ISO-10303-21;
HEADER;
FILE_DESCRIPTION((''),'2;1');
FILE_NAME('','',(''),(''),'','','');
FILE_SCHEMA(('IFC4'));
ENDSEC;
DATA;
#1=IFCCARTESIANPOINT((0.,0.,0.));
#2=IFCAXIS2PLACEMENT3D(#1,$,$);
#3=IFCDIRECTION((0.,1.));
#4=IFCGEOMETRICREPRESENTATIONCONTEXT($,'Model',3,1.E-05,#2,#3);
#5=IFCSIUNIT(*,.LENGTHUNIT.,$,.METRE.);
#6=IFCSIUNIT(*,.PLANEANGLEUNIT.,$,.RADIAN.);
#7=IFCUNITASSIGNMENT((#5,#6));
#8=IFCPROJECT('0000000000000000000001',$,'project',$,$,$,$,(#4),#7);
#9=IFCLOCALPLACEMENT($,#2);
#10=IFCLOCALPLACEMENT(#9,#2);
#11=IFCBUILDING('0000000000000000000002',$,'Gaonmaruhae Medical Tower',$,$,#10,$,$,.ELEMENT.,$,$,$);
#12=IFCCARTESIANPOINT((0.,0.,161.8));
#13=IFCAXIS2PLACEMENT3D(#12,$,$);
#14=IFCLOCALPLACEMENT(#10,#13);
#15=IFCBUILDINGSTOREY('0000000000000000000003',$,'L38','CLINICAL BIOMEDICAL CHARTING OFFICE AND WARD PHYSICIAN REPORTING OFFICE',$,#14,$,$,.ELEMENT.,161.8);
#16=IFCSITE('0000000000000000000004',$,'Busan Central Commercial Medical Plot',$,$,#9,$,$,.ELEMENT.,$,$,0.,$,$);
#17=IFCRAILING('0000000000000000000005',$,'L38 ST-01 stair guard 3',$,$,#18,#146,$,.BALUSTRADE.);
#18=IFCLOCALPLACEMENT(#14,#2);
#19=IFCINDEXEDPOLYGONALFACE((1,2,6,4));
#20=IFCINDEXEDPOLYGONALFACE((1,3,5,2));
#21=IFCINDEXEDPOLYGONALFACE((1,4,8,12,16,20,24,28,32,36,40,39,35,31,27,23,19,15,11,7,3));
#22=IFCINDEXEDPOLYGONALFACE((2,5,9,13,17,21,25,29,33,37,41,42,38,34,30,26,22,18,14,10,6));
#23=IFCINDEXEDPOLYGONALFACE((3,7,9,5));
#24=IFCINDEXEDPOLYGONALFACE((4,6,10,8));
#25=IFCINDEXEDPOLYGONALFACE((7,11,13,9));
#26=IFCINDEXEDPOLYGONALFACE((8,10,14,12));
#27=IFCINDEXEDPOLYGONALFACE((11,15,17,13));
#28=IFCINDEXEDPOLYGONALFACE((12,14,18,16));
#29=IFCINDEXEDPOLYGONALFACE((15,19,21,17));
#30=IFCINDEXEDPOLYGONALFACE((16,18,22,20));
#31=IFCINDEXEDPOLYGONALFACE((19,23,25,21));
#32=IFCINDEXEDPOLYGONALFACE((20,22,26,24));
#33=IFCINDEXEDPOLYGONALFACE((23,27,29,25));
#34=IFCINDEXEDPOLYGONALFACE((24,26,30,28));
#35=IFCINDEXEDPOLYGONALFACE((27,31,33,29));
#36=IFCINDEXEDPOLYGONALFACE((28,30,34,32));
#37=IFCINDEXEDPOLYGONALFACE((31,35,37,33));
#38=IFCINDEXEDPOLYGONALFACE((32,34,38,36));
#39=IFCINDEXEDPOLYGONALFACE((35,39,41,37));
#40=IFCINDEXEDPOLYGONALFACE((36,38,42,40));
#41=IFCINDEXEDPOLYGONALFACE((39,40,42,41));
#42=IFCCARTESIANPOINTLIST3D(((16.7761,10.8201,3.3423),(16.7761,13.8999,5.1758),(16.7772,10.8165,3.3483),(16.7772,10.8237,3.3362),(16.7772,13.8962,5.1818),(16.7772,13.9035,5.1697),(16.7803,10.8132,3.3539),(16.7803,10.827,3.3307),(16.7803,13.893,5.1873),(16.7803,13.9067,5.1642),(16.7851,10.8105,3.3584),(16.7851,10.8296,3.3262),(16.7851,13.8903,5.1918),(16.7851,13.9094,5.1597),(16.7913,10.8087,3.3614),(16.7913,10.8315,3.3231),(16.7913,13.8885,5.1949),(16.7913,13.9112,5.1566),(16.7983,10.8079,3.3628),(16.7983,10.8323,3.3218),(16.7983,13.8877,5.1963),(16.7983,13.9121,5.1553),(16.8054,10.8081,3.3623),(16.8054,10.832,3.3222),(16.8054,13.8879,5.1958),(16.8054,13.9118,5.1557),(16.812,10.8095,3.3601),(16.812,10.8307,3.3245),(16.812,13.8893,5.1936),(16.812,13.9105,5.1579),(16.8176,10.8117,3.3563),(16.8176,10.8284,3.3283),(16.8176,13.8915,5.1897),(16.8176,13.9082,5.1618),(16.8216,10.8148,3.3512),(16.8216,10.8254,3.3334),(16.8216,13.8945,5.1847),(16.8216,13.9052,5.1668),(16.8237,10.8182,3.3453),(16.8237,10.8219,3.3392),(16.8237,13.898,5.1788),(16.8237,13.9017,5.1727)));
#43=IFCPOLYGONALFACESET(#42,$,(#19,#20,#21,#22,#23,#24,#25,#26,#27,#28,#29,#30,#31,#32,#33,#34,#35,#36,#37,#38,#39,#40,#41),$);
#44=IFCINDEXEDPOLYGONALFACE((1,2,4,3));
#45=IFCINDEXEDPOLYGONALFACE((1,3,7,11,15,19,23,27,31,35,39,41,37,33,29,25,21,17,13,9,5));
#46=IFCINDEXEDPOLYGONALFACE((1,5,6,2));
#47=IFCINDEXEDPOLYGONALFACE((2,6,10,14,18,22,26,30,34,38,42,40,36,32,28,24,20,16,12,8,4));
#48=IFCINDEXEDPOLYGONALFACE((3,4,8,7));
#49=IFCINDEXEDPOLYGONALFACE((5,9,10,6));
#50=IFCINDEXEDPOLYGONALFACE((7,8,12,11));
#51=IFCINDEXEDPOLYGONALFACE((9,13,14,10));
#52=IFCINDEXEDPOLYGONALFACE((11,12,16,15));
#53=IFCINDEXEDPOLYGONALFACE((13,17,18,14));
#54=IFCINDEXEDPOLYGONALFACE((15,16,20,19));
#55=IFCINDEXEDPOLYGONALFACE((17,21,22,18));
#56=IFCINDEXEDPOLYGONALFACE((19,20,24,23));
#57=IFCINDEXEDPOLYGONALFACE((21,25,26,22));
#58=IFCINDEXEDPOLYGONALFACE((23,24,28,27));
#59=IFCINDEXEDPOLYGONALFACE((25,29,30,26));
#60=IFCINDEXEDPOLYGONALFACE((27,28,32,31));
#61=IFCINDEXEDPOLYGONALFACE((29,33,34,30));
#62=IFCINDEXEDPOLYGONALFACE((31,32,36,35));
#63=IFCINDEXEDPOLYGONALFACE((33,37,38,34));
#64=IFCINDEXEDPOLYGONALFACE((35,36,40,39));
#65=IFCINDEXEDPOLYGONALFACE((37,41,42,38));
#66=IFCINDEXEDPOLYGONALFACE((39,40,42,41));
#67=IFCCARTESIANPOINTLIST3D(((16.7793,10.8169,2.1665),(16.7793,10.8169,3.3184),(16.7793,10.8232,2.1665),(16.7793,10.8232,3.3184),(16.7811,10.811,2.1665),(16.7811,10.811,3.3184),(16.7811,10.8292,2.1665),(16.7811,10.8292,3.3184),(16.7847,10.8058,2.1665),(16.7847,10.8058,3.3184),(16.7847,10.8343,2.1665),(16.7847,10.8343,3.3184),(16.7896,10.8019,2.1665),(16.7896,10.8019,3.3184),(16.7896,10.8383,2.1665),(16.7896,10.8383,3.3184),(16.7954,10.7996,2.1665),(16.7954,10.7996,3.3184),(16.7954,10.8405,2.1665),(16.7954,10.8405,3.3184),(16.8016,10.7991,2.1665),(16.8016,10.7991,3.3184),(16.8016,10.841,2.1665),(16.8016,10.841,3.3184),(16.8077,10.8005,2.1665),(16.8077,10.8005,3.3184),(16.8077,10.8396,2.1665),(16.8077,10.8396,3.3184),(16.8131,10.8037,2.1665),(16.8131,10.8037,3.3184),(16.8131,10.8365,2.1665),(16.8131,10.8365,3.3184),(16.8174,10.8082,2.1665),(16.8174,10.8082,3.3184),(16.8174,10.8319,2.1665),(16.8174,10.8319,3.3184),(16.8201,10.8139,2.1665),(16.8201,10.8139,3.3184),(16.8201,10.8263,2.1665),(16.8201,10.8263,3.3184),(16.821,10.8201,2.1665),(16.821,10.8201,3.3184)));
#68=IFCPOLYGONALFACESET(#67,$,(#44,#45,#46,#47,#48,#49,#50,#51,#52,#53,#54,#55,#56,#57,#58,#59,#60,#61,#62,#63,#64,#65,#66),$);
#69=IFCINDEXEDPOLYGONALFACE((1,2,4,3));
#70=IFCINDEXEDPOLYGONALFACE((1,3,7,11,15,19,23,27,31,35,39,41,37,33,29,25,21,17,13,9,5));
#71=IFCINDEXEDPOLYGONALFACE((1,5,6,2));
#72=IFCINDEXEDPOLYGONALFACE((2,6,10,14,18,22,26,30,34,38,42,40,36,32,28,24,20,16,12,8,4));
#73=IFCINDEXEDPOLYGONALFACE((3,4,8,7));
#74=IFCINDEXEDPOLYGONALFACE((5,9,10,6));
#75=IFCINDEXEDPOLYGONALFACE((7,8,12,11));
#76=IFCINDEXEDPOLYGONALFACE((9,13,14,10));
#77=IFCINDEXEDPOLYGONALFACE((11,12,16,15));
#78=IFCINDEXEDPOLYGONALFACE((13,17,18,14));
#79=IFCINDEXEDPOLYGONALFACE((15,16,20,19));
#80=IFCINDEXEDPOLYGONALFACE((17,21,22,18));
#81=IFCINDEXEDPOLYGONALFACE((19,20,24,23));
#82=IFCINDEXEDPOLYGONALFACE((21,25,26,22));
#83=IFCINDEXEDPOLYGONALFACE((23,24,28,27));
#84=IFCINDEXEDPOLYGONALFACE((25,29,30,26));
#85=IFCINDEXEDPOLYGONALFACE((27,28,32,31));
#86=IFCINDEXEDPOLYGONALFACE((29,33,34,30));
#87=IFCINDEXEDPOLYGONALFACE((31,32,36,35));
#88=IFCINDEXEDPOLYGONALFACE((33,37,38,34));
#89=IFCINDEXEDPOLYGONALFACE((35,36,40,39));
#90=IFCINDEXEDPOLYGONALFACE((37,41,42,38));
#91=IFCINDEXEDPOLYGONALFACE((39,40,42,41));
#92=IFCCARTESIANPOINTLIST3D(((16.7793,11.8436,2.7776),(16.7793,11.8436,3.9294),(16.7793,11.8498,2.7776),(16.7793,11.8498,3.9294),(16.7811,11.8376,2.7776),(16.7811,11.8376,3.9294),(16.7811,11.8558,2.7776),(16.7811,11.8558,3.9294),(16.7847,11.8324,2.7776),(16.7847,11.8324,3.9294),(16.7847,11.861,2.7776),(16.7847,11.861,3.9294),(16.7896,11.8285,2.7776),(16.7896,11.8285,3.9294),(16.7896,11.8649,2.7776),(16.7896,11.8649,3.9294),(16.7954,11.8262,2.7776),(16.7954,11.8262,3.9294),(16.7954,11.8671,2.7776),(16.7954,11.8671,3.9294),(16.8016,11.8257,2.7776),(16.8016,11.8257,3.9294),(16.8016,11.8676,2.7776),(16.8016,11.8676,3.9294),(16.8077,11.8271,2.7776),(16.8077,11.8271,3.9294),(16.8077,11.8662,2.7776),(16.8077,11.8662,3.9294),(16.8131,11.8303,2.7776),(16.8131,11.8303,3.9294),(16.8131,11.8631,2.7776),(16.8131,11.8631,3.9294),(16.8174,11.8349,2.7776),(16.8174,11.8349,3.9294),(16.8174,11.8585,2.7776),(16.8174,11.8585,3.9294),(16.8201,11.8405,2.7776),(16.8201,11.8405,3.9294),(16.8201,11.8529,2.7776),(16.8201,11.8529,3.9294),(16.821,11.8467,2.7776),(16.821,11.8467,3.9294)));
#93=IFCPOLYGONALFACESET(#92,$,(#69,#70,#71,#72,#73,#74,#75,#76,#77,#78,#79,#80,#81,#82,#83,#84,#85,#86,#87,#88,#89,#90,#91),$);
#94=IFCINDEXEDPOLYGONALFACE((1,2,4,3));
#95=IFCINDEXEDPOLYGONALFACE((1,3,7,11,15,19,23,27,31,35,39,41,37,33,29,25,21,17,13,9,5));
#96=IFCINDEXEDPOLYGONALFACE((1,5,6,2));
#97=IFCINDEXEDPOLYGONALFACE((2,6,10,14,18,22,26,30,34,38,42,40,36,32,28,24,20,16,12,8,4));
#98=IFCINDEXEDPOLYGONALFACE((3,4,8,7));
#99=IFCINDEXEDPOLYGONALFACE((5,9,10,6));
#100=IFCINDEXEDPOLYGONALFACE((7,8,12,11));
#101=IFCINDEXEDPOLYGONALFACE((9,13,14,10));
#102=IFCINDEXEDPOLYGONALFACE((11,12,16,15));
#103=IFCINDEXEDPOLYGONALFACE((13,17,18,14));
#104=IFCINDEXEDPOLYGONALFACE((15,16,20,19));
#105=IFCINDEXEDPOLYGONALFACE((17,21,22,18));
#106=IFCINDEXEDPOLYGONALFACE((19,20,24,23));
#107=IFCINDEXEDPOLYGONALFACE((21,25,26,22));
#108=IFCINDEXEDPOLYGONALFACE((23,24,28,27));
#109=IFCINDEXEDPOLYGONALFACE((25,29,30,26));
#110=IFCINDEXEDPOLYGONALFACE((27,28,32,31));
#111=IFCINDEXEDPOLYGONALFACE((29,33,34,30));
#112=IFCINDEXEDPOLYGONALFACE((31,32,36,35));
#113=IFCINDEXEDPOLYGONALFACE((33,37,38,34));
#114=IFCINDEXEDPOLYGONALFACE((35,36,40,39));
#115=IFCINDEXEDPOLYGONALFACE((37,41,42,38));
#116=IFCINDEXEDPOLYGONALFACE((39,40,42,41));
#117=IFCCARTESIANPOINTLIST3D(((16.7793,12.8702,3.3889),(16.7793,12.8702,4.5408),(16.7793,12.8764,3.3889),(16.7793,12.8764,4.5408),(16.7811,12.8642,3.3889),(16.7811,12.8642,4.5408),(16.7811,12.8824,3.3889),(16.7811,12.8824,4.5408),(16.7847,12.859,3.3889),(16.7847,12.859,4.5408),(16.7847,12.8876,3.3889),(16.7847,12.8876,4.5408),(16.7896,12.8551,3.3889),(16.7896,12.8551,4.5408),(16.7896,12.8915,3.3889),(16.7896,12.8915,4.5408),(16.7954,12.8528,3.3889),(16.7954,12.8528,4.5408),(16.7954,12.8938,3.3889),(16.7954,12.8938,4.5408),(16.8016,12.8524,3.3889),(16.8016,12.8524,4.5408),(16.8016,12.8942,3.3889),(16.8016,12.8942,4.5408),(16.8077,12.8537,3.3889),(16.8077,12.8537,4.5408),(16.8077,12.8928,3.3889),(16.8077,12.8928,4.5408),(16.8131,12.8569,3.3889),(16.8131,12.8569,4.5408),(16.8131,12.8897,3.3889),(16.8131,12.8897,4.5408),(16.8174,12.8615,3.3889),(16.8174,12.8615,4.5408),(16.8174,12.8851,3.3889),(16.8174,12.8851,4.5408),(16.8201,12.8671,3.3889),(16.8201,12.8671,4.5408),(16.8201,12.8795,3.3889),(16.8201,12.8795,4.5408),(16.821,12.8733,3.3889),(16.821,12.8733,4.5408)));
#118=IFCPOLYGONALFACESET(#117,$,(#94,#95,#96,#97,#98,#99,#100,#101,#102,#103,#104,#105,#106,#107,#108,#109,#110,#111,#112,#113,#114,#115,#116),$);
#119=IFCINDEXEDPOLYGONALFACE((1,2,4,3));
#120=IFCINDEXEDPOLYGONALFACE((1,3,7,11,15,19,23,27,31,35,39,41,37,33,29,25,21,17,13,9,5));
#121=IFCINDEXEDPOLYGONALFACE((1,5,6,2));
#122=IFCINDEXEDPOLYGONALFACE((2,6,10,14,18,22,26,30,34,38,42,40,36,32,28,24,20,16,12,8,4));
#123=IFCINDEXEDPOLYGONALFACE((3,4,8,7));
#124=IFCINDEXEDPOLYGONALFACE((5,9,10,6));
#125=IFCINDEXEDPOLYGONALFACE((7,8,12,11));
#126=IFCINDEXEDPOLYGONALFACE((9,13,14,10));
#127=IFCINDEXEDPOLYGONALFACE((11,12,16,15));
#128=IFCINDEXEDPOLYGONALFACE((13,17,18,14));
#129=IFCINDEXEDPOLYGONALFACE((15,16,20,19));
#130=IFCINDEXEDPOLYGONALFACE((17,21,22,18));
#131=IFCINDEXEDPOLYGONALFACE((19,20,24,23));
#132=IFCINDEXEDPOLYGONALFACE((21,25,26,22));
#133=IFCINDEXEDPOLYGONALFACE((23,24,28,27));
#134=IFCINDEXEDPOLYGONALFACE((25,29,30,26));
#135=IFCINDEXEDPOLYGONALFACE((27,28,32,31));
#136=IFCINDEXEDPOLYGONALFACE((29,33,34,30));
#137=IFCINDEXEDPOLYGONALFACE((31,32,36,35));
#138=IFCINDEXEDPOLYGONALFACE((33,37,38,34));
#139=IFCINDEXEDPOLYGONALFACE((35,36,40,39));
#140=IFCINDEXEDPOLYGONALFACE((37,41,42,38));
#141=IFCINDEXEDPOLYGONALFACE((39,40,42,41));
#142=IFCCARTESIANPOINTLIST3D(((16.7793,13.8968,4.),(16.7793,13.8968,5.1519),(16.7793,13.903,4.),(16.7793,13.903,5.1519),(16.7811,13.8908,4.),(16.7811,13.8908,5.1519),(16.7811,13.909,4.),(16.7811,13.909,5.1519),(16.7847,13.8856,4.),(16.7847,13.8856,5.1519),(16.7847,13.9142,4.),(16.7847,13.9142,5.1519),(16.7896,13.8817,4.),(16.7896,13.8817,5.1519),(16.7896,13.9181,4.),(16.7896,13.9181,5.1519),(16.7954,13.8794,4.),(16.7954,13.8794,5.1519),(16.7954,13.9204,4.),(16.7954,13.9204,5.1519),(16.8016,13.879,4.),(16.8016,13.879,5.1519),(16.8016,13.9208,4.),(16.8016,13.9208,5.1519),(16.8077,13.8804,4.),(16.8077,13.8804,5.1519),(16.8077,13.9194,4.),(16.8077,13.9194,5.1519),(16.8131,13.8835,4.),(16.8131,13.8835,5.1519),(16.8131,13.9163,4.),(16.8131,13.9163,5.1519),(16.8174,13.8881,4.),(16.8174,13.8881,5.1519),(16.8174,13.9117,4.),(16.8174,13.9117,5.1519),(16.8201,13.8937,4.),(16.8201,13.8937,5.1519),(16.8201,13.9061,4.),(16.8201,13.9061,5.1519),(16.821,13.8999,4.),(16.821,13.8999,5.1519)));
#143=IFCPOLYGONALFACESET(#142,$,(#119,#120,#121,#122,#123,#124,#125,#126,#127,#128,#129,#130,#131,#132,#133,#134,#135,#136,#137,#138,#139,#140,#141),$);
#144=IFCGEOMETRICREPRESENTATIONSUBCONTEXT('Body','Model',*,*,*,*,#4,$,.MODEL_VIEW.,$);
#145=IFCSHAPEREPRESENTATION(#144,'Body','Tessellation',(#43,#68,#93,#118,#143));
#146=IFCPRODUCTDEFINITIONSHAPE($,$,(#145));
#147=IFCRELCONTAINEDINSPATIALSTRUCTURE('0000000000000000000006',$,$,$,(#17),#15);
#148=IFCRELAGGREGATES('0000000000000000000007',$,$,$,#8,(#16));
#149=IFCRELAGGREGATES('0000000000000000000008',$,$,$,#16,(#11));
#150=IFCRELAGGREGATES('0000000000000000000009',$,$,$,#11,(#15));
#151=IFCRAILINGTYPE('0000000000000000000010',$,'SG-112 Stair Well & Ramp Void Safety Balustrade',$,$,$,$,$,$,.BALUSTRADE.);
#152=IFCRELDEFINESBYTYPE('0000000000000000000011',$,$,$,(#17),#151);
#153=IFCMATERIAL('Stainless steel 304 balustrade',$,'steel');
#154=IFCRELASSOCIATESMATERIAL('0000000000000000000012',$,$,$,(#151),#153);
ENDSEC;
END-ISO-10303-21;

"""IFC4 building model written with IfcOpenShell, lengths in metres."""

from ifc_helpers import new_model, si_unit, direction, frame, origin, origin_2d, place, context, subcontext, project, spatial, circle, extrude, material, type_object, element, save


model = new_model("IFC4")

# Units and contexts
model_context = context("Model", 3, precision=1e-05, world=origin(), true_north=direction((0.0, 1.0)))
body_context = subcontext(model_context, "Body", "Model", "MODEL_VIEW")
ifc_project = project(units=[si_unit("LENGTHUNIT", "METRE"), si_unit("PLANEANGLEUNIT", "RADIAN")], contexts=[model_context])

# Site, building, storey
site_placement = place(None, origin())
site = spatial("IfcSite", under=ifc_project, at=site_placement, Name="Busan Central Commercial Medical Plot", CompositionType="ELEMENT", RefElevation=0.0)
building_placement = place(site_placement, origin())
building = spatial("IfcBuilding", under=site, at=building_placement, Name="Gaonmaruhae Medical Tower", CompositionType="ELEMENT")
storey_placement = place(building_placement, frame((0.0, 0.0, 161.8)))
storey = spatial("IfcBuildingStorey", under=building, at=storey_placement, Name="L38", Description="CLINICAL BIOMEDICAL CHARTING OFFICE AND WARD PHYSICIAN REPORTING OFFICE", CompositionType="ELEMENT", Elevation=161.8)

# Railing
ifc_material_1 = material(Name="Stainless steel 304 balustrade", Category="steel")
railing_type_1 = type_object("IfcRailingType", Name="SG-112 Stair Well & Ramp Void Safety Balustrade", PredefinedType="BALUSTRADE", material=ifc_material_1)
railing_1_placement = place(storey_placement, frame((16.8, 10.8201, 2.1665)))
element("IfcRailing", 1, at=railing_1_placement, inside=storey, type_object=railing_type_1, Name="L38 ST-01 stair guard 3", PredefinedType="BALUSTRADE", context=body_context, shape_type="SweptSolid", body=[
    extrude(circle(Radius=0.0239, at=origin_2d()), frame((0.0, 0.0, 1.1758), z_axis=(0.0, 0.859261, 0.511538), x_axis=(-1.0, 0.0, 0.0)), (0.0, 0.0, 1.0), 3.5842),
    extrude(circle(Radius=0.021, at=origin_2d()), origin(), (0.0, 0.0, 1.0), 1.1519),
    extrude(circle(Radius=0.021, at=origin_2d()), frame((0.0, 1.0266, 0.6111)), (0.0, 0.0, 1.0), 1.1519),
    extrude(circle(Radius=0.021, at=origin_2d()), frame((0.0, 2.0532, 1.2224)), (0.0, 0.0, 1.0), 1.1519),
    extrude(circle(Radius=0.021, at=origin_2d()), frame((0.0, 3.0798, 1.8335)), (0.0, 0.0, 1.0), 1.1519),
])

save(model, "model.ifc")
